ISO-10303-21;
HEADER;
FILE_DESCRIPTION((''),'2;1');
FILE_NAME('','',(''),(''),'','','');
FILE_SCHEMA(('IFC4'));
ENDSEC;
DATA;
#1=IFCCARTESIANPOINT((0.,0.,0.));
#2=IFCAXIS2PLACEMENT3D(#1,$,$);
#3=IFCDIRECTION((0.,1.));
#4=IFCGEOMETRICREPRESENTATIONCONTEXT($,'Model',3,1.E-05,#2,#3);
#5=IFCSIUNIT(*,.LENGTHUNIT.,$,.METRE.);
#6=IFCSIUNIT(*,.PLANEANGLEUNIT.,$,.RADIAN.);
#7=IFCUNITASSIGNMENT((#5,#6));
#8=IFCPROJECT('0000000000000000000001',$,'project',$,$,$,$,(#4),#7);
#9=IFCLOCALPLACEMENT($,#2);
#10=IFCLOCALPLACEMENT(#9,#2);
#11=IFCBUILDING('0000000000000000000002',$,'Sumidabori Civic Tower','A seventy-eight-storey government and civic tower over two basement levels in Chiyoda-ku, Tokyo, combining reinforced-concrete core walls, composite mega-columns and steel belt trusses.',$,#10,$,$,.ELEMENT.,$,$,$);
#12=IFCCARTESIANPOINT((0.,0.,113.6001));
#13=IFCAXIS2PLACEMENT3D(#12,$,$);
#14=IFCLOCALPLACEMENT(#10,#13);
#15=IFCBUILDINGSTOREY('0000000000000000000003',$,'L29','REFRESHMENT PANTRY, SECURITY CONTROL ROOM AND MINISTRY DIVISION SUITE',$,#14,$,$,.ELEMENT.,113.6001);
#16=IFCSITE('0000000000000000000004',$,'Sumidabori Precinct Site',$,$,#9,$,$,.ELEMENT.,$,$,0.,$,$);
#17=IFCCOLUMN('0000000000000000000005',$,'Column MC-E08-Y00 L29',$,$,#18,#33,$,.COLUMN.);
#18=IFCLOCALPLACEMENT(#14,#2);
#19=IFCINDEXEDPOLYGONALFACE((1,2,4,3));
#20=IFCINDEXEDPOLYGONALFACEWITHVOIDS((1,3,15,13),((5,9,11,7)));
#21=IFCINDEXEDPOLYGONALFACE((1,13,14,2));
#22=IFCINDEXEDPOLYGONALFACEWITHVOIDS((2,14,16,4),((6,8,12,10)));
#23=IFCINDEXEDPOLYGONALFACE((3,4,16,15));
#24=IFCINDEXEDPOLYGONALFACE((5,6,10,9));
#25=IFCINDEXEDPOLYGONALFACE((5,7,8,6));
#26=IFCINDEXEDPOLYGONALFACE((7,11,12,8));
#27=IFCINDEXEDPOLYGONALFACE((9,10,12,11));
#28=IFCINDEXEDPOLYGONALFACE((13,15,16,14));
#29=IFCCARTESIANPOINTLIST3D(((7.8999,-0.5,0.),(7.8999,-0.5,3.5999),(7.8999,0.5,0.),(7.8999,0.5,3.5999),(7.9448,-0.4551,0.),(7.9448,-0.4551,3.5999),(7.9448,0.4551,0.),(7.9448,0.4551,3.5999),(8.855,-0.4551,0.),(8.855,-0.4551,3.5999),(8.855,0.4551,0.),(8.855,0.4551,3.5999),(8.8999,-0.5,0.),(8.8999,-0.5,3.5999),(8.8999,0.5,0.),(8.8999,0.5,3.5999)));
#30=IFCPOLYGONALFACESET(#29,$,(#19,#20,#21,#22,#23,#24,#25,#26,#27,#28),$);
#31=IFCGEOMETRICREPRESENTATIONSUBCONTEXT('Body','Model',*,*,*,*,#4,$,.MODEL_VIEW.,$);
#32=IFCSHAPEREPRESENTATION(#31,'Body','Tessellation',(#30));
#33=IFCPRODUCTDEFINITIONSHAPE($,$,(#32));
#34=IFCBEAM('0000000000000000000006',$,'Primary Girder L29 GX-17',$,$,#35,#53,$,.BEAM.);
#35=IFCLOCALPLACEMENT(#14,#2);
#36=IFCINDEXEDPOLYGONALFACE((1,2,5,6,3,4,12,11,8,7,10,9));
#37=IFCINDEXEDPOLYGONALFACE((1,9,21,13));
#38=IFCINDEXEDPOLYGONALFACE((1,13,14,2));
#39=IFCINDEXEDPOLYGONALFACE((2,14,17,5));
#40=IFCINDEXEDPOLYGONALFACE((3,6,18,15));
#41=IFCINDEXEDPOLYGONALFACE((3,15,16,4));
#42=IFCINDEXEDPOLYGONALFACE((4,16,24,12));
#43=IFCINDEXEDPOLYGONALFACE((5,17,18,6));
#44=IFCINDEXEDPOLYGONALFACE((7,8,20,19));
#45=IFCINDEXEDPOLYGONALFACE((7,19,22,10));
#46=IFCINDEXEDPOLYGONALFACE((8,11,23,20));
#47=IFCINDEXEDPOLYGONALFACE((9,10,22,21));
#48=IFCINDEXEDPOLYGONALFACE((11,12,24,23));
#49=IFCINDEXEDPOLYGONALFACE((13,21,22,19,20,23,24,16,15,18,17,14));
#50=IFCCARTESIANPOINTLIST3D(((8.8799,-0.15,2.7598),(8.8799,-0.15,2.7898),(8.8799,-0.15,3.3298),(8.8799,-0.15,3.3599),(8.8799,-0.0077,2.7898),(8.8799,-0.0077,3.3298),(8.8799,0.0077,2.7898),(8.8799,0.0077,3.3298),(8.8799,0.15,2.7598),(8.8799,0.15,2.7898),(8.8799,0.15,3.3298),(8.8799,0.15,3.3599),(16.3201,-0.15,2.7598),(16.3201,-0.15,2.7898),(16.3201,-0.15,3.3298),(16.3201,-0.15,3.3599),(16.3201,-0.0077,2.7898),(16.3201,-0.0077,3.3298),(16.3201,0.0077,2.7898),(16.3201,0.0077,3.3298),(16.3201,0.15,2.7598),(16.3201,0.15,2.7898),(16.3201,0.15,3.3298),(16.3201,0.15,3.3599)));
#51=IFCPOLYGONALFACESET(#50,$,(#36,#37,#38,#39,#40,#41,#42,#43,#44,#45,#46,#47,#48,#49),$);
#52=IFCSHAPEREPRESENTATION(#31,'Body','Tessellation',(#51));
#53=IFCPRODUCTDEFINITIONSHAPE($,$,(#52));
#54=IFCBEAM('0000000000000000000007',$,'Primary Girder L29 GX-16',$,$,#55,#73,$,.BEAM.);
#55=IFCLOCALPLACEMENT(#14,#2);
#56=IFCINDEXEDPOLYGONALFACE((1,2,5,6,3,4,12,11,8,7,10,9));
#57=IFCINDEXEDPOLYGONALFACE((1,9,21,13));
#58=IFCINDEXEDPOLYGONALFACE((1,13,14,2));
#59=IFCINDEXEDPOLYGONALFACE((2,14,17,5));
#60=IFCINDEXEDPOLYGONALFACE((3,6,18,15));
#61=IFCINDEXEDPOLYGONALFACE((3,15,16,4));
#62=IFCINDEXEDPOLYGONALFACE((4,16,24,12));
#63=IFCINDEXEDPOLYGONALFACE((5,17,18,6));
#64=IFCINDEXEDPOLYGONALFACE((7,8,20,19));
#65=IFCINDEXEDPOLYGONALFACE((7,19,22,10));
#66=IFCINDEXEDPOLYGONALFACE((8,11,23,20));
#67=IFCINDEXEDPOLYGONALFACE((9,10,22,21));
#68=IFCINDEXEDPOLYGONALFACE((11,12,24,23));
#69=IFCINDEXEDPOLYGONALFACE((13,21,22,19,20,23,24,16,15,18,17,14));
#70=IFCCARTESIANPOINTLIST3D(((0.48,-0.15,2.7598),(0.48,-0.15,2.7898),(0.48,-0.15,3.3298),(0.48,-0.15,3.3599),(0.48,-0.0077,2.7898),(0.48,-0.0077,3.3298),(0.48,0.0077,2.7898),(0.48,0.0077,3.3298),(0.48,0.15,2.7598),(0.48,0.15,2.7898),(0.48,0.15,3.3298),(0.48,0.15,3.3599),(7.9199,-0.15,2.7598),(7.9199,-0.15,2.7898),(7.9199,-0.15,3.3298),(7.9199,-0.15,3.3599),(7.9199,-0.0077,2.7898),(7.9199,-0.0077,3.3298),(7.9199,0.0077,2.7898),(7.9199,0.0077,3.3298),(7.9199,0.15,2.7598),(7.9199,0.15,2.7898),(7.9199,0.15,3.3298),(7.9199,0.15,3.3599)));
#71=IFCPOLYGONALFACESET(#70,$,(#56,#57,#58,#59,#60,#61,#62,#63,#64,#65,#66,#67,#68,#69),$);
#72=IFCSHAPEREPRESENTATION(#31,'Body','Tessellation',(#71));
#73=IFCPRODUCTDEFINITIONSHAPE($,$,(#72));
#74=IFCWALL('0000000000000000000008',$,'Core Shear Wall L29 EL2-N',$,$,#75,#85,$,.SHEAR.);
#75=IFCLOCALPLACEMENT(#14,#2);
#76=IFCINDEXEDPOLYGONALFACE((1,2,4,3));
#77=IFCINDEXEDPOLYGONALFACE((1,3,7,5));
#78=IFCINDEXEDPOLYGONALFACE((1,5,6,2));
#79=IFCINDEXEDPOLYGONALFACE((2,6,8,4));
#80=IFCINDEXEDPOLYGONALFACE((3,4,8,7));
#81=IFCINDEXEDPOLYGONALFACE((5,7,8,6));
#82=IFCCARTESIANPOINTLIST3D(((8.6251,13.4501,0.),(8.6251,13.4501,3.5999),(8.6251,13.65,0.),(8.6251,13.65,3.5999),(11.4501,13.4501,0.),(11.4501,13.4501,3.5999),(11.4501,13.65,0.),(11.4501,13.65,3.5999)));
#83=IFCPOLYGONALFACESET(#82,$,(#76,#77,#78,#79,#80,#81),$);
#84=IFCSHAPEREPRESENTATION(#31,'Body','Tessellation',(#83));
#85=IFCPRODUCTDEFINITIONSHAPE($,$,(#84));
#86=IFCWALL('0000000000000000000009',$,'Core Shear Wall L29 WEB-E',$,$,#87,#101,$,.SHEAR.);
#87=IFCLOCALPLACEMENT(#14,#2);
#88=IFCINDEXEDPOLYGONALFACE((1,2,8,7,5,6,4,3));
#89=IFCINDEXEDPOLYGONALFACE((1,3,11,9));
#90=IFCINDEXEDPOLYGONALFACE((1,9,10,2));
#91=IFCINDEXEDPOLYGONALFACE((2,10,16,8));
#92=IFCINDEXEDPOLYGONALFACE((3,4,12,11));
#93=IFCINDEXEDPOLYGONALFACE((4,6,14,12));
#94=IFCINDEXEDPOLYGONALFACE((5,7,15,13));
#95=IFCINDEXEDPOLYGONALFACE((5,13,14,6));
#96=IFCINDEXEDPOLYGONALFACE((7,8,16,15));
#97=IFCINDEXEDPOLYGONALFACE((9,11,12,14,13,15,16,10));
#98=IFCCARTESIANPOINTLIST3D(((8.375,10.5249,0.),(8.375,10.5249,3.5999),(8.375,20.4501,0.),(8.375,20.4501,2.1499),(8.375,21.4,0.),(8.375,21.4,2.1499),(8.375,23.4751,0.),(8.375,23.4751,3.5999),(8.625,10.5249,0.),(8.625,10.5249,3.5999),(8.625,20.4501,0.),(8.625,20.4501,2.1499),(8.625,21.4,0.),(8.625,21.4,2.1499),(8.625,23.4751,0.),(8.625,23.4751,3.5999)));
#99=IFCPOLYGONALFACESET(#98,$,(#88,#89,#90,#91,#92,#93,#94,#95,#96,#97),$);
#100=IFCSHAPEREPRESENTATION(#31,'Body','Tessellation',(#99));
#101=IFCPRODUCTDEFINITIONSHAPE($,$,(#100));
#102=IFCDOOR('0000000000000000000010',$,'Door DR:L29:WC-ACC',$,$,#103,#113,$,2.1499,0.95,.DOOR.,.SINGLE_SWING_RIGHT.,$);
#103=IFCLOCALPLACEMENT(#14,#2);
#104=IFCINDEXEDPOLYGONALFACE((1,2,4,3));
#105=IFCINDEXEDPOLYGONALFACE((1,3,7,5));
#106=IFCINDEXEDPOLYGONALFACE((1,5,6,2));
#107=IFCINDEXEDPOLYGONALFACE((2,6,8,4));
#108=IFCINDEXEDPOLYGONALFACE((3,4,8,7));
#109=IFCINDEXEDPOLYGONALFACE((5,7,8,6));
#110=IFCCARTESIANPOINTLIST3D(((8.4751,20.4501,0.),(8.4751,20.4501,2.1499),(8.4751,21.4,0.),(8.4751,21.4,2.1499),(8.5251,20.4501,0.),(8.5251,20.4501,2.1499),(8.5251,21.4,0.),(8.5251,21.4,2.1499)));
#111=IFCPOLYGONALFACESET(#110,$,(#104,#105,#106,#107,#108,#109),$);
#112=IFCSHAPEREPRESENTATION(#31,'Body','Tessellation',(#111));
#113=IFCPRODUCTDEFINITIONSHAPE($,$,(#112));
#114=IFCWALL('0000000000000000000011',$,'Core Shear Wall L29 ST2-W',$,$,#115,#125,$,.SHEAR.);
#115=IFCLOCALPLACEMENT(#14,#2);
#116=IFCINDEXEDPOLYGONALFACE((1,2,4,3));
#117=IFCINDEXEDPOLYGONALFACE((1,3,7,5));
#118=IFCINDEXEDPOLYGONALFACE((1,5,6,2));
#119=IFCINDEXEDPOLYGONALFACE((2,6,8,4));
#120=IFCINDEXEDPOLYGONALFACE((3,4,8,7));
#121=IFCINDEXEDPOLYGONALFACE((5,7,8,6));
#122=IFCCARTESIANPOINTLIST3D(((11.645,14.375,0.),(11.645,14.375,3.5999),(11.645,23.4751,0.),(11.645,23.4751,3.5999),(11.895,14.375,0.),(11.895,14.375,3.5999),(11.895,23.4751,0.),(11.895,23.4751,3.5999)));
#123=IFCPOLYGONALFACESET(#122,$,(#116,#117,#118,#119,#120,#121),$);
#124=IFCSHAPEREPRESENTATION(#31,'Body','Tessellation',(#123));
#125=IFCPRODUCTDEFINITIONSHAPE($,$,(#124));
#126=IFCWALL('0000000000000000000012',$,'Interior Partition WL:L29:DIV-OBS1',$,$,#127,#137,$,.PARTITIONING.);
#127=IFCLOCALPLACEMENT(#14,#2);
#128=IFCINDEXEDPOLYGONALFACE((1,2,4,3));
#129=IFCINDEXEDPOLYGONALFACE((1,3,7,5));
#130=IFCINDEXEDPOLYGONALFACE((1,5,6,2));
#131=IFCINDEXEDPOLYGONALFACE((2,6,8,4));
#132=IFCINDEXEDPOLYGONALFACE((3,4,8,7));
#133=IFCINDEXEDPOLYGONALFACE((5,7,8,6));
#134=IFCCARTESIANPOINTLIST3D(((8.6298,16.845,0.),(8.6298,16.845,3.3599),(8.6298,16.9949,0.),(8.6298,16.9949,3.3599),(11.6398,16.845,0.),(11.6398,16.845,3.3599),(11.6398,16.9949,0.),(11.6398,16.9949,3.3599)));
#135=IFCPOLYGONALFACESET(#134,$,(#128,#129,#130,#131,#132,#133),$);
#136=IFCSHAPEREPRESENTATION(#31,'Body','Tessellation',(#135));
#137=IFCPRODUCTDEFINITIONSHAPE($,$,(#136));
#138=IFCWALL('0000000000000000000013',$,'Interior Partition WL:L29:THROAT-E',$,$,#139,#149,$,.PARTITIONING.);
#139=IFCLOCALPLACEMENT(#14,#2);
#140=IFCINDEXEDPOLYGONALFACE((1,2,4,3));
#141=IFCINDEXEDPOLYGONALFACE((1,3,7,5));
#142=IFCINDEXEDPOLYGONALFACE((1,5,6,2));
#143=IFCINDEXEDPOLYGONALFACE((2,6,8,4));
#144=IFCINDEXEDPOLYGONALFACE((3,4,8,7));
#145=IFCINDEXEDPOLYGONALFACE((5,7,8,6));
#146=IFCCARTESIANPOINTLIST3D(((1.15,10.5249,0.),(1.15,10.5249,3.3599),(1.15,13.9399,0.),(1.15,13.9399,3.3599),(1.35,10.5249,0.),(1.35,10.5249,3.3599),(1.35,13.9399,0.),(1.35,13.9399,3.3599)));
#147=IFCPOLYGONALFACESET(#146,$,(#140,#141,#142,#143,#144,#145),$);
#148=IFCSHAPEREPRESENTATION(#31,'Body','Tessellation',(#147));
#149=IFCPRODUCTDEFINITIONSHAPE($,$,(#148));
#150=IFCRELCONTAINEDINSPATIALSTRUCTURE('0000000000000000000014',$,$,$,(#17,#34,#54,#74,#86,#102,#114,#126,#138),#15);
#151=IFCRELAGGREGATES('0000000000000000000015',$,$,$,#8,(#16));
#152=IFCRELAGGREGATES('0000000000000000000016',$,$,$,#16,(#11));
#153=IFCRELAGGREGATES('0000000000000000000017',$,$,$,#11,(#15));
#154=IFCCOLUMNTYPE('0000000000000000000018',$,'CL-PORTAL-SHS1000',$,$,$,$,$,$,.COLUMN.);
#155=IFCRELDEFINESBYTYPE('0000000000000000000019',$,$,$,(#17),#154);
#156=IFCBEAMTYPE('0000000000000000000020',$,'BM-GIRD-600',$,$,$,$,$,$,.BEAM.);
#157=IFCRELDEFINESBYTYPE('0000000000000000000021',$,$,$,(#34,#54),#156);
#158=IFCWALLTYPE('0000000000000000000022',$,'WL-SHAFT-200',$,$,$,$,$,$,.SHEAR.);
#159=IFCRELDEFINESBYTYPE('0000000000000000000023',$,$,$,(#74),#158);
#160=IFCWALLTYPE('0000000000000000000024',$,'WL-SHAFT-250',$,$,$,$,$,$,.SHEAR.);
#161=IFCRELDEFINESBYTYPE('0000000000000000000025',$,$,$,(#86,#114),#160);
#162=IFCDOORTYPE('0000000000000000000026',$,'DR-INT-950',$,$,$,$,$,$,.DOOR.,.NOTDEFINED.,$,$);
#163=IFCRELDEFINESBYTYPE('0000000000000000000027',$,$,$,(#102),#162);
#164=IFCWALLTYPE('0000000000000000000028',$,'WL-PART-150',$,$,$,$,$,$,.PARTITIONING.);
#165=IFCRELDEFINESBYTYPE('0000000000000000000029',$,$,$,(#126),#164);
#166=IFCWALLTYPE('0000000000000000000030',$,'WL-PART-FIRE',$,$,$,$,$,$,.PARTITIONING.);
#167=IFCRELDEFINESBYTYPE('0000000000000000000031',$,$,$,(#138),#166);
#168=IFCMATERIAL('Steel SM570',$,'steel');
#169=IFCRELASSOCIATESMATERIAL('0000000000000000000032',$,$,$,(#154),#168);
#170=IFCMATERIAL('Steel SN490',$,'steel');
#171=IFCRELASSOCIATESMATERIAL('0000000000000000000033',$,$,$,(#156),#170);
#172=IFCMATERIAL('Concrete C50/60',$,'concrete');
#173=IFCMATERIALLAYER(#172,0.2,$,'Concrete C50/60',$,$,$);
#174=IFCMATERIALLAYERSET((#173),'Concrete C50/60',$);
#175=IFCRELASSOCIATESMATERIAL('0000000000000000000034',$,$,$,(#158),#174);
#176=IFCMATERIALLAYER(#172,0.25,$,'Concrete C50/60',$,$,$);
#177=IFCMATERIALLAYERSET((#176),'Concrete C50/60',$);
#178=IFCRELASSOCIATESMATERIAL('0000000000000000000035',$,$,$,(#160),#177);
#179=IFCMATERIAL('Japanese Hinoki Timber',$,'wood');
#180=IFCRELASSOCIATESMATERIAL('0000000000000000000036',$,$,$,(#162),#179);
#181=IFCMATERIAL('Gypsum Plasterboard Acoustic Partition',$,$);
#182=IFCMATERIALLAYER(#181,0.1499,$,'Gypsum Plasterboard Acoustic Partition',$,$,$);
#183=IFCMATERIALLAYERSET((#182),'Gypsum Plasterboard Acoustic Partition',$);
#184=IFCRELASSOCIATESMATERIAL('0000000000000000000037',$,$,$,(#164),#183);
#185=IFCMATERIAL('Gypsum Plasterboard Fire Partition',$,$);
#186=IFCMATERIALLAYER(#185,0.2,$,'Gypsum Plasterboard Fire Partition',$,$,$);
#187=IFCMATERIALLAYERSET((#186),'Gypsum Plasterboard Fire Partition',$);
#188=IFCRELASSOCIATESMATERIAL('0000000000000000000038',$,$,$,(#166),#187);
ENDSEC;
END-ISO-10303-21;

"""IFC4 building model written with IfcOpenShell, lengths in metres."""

from ifc_helpers import new_model, si_unit, direction, frame, frame_2d, origin, origin_2d, place, context, subcontext, project, spatial, rectangle, hollow_rectangle, i_section, extrude, source, transform, mapped, material, layer, layer_set, material_profile, profile_set, type_object, element, fill, save


model = new_model("IFC4")

# Units and contexts
model_context = context("Model", 3, precision=1e-05, world=origin(), true_north=direction((0.0, 1.0)))
body_context = subcontext(model_context, "Body", "Model", "MODEL_VIEW")
ifc_project = project(units=[si_unit("LENGTHUNIT", "METRE"), si_unit("PLANEANGLEUNIT", "RADIAN")], contexts=[model_context])

# Site, building, storey
site_placement = place(None, origin())
site = spatial("IfcSite", under=ifc_project, at=site_placement, Name="Sumidabori Precinct Site", CompositionType="ELEMENT", RefElevation=0.0)
building_placement = place(site_placement, origin())
building = spatial("IfcBuilding", under=site, at=building_placement, Name="Sumidabori Civic Tower", Description="A seventy-eight-storey government and civic tower over two basement levels in Chiyoda-ku, Tokyo, combining reinforced-concrete core walls, composite mega-columns and steel belt trusses.", CompositionType="ELEMENT")
storey_placement = place(building_placement, frame((0.0, 0.0, 113.6001)))
storey = spatial("IfcBuildingStorey", under=building, at=storey_placement, Name="L29", Description="REFRESHMENT PANTRY, SECURITY CONTROL ROOM AND MINISTRY DIVISION SUITE", CompositionType="ELEMENT", Elevation=113.6001)

# Column
ifc_material_1 = material(Name="Steel SM570", Category="steel")
ifc_material_profile_1 = material_profile(ifc_material_1, hollow_rectangle(XDim=1.0, YDim=1.0, WallThickness=0.0449, at=origin_2d()), Name="SHS 1000x1000x45")
ifc_profile_set_1 = profile_set([ifc_material_profile_1], Name="Steel SM570")
column_type = type_object("IfcColumnType", Name="CL-PORTAL-SHS1000", PredefinedType="COLUMN", material=ifc_profile_set_1)
shared_shape_1 = source(origin(), body_context, "Body", "SweptSolid", [
    extrude(hollow_rectangle(XDim=1.0, YDim=1.0, WallThickness=0.0449, at=origin_2d()), origin(), (0.0, 0.0, 1.0), 3.5999),
])
column_placement = place(storey_placement, frame((8.3999, 0.0, 0.0), z_axis=(0.0, 0.0, 1.0), x_axis=(1.0, 0.0, 0.0)))
element("IfcColumn", 1, at=column_placement, inside=storey, type_object=column_type, Name="Column MC-E08-Y00 L29", PredefinedType="COLUMN", context=body_context, shape_type="MappedRepresentation", body=[
    mapped(shared_shape_1, transform((0.0, 0.0, 0.0), x_axis=(1.0, 0.0, 0.0), y_axis=(0.0, 1.0, 0.0), z_axis=(0.0, 0.0, 1.0), scale=1.0)),
])

# Beams
ifc_material_2 = material(Name="Steel SN490", Category="steel")
ifc_material_profile_2 = material_profile(ifc_material_2, i_section(OverallWidth=0.3, OverallDepth=0.6001, WebThickness=0.0154, FlangeThickness=0.03, at=origin_2d()), Name="HE 600 B")
ifc_profile_set_2 = profile_set([ifc_material_profile_2], Name="Steel SN490")
beam_type = type_object("IfcBeamType", Name="BM-GIRD-600", PredefinedType="BEAM", material=ifc_profile_set_2)
shared_shape_2 = source(origin(), body_context, "Body", "SweptSolid", [
    extrude(i_section(OverallWidth=0.3, OverallDepth=0.6001, WebThickness=0.0154, FlangeThickness=0.03, at=origin_2d()), origin(), (0.0, 0.0, 1.0), 7.4402),
])
beam_1_placement = place(storey_placement, frame((8.8799, 0.0, 3.0598), z_axis=(1.0, 0.0, 0.0), x_axis=(0.0, 1.0, 0.0)))
element("IfcBeam", 2, at=beam_1_placement, inside=storey, type_object=beam_type, Name="Primary Girder L29 GX-17", PredefinedType="BEAM", context=body_context, shape_type="MappedRepresentation", body=[
    mapped(shared_shape_2, transform((0.0, 0.0, 0.0), x_axis=(1.0, 0.0, 0.0), y_axis=(0.0, 1.0, 0.0), z_axis=(0.0, 0.0, 1.0), scale=1.0)),
])
shared_shape_3 = source(origin(), body_context, "Body", "SweptSolid", [
    extrude(i_section(OverallWidth=0.3, OverallDepth=0.6001, WebThickness=0.0154, FlangeThickness=0.03, at=origin_2d()), origin(), (0.0, 0.0, 1.0), 7.4399),
])
beam_2_placement = place(storey_placement, frame((0.48, 0.0, 3.0598), z_axis=(1.0, 0.0, 0.0), x_axis=(0.0, 1.0, 0.0)))
element("IfcBeam", 3, at=beam_2_placement, inside=storey, type_object=beam_type, Name="Primary Girder L29 GX-16", PredefinedType="BEAM", context=body_context, shape_type="MappedRepresentation", body=[
    mapped(shared_shape_3, transform((0.0, 0.0, 0.0), x_axis=(1.0, 0.0, 0.0), y_axis=(0.0, 1.0, 0.0), z_axis=(0.0, 0.0, 1.0), scale=1.0)),
])

# Wall
ifc_material_3 = material(Name="Concrete C50/60", Category="concrete")
ifc_layer_1 = layer(ifc_material_3, 0.2, Name="Concrete C50/60")
ifc_layer_set_1 = layer_set([ifc_layer_1], Name="Concrete C50/60")
wall_type_1 = type_object("IfcWallType", Name="WL-SHAFT-200", PredefinedType="SHEAR", material=ifc_layer_set_1)
shared_shape_4 = source(origin(), body_context, "Body", "SweptSolid", [
    extrude(rectangle(XDim=2.825, YDim=0.2, at=frame_2d((1.4126, 0.0))), origin(), (0.0, 0.0, 1.0), 3.5999),
])
wall_1_placement = place(storey_placement, frame((8.625, 13.55, 0.0), z_axis=(0.0, 0.0, 1.0), x_axis=(1.0, 0.0, 0.0)))
element("IfcWall", 4, at=wall_1_placement, inside=storey, type_object=wall_type_1, Name="Core Shear Wall L29 EL2-N", PredefinedType="SHEAR", context=body_context, shape_type="MappedRepresentation", body=[
    mapped(shared_shape_4, transform((0.0, 0.0, 0.0), x_axis=(1.0, 0.0, 0.0), y_axis=(0.0, 1.0, 0.0), z_axis=(0.0, 0.0, 1.0), scale=1.0)),
])

# Wall, opening, door
ifc_layer_2 = layer(ifc_material_3, 0.25, Name="Concrete C50/60")
ifc_layer_set_2 = layer_set([ifc_layer_2], Name="Concrete C50/60")
wall_type_2 = type_object("IfcWallType", Name="WL-SHAFT-250", PredefinedType="SHEAR", material=ifc_layer_set_2)
shared_shape_5 = source(origin(), body_context, "Body", "SweptSolid", [
    extrude(rectangle(XDim=12.9502, YDim=0.25, at=frame_2d((6.4751, 0.0))), origin(), (0.0, 0.0, 1.0), 3.5999),
])
wall_2_placement = place(storey_placement, frame((8.5, 10.5249, 0.0), z_axis=(0.0, 0.0, 1.0), x_axis=(0.0, 1.0, 0.0)))
wall_2 = element("IfcWall", 5, at=wall_2_placement, inside=storey, type_object=wall_type_2, Name="Core Shear Wall L29 WEB-E", PredefinedType="SHEAR", context=body_context, shape_type="MappedRepresentation", body=[
    mapped(shared_shape_5, transform((0.0, 0.0, 0.0), x_axis=(1.0, 0.0, 0.0), y_axis=(0.0, 1.0, 0.0), z_axis=(0.0, 0.0, 1.0), scale=1.0)),
])
opening_1_placement = place(wall_2_placement, frame((9.925, 0.0, 0.0)))
opening_1 = element("IfcOpeningElement", 6, at=opening_1_placement, cuts=wall_2, PredefinedType="OPENING", context=body_context, shape_type="SweptSolid", body=[
    extrude(rectangle(XDim=0.95, YDim=2.1499, at=frame_2d((0.4751, 1.075))), frame((0.0, 0.137, 0.0), z_axis=(0.0, -1.0, 0.0), x_axis=(1.0, 0.0, 0.0)), (0.0, 0.0, 1.0), 0.2739),
])
ifc_material_4 = material(Name="Japanese Hinoki Timber", Category="wood")
door_type_1 = type_object("IfcDoorType", Name="DR-INT-950", OperationType="NOTDEFINED", PredefinedType="DOOR", material=ifc_material_4)
shared_shape_6 = source(origin(), body_context, "Body", "SweptSolid", [
    extrude(rectangle(XDim=0.95, YDim=2.1499, at=frame_2d((0.4751, 1.075))), frame((0.0, 0.0249, 0.0), z_axis=(0.0, -1.0, 0.0), x_axis=(1.0, 0.0, 0.0)), (0.0, 0.0, 1.0), 0.05),
])
door_1_placement = place(opening_1_placement, origin())
door_1 = element("IfcDoor", 7, at=door_1_placement, inside=storey, type_object=door_type_1, Name="Door DR:L29:WC-ACC", OperationType="SINGLE_SWING_RIGHT", OverallHeight=2.1499, OverallWidth=0.95, PredefinedType="DOOR", context=body_context, shape_type="MappedRepresentation", body=[
    mapped(shared_shape_6, transform((0.0, 0.0, 0.0), x_axis=(1.0, 0.0, 0.0), y_axis=(0.0, 1.0, 0.0), z_axis=(0.0, 0.0, 1.0), scale=1.0)),
])
fill(opening_1, door_1)

# Wall
shared_shape_7 = source(origin(), body_context, "Body", "SweptSolid", [
    extrude(rectangle(XDim=9.1001, YDim=0.25, at=frame_2d((4.55, 0.0))), origin(), (0.0, 0.0, 1.0), 3.5999),
])
wall_3_placement = place(storey_placement, frame((11.77, 14.375, 0.0), z_axis=(0.0, 0.0, 1.0), x_axis=(0.0, 1.0, 0.0)))
element("IfcWall", 8, at=wall_3_placement, inside=storey, type_object=wall_type_2, Name="Core Shear Wall L29 ST2-W", PredefinedType="SHEAR", context=body_context, shape_type="MappedRepresentation", body=[
    mapped(shared_shape_7, transform((0.0, 0.0, 0.0), x_axis=(1.0, 0.0, 0.0), y_axis=(0.0, 1.0, 0.0), z_axis=(0.0, 0.0, 1.0), scale=1.0)),
])

# Wall
ifc_material_5 = material(Name="Gypsum Plasterboard Acoustic Partition")
ifc_layer_3 = layer(ifc_material_5, 0.1499, Name="Gypsum Plasterboard Acoustic Partition")
ifc_layer_set_3 = layer_set([ifc_layer_3], Name="Gypsum Plasterboard Acoustic Partition")
wall_type_3 = type_object("IfcWallType", Name="WL-PART-150", PredefinedType="PARTITIONING", material=ifc_layer_set_3)
shared_shape_8 = source(origin(), body_context, "Body", "SweptSolid", [
    extrude(rectangle(XDim=3.01, YDim=0.1499, at=frame_2d((1.5049, 0.0))), origin(), (0.0, 0.0, 1.0), 3.3599),
])
wall_4_placement = place(storey_placement, frame((8.6299, 16.9199, 0.0), z_axis=(0.0, 0.0, 1.0), x_axis=(1.0, 0.0, 0.0)))
element("IfcWall", 9, at=wall_4_placement, inside=storey, type_object=wall_type_3, Name="Interior Partition WL:L29:DIV-OBS1", PredefinedType="PARTITIONING", context=body_context, shape_type="MappedRepresentation", body=[
    mapped(shared_shape_8, transform((0.0, 0.0, 0.0), x_axis=(1.0, 0.0, 0.0), y_axis=(0.0, 1.0, 0.0), z_axis=(0.0, 0.0, 1.0), scale=1.0)),
])

# Shared definitions
ifc_material_6 = material(Name="Gypsum Plasterboard Fire Partition")
ifc_layer_4 = layer(ifc_material_6, 0.2, Name="Gypsum Plasterboard Fire Partition")
ifc_layer_set_4 = layer_set([ifc_layer_4], Name="Gypsum Plasterboard Fire Partition")
wall_type_4 = type_object("IfcWallType", Name="WL-PART-FIRE", PredefinedType="PARTITIONING", material=ifc_layer_set_4)

# Wall
shared_shape_9 = source(origin(), body_context, "Body", "SweptSolid", [
    extrude(rectangle(XDim=3.415, YDim=0.2, at=frame_2d((1.7075, 0.0))), origin(), (0.0, 0.0, 1.0), 3.3599),
])
wall_5_placement = place(storey_placement, frame((1.25, 10.5249, 0.0), z_axis=(0.0, 0.0, 1.0), x_axis=(0.0, 1.0, 0.0)))
element("IfcWall", 10, at=wall_5_placement, inside=storey, type_object=wall_type_4, Name="Interior Partition WL:L29:THROAT-E", PredefinedType="PARTITIONING", context=body_context, shape_type="MappedRepresentation", body=[
    mapped(shared_shape_9, transform((0.0, 0.0, 0.0), x_axis=(1.0, 0.0, 0.0), y_axis=(0.0, 1.0, 0.0), z_axis=(0.0, 0.0, 1.0), scale=1.0)),
])

save(model, "model.ifc")
